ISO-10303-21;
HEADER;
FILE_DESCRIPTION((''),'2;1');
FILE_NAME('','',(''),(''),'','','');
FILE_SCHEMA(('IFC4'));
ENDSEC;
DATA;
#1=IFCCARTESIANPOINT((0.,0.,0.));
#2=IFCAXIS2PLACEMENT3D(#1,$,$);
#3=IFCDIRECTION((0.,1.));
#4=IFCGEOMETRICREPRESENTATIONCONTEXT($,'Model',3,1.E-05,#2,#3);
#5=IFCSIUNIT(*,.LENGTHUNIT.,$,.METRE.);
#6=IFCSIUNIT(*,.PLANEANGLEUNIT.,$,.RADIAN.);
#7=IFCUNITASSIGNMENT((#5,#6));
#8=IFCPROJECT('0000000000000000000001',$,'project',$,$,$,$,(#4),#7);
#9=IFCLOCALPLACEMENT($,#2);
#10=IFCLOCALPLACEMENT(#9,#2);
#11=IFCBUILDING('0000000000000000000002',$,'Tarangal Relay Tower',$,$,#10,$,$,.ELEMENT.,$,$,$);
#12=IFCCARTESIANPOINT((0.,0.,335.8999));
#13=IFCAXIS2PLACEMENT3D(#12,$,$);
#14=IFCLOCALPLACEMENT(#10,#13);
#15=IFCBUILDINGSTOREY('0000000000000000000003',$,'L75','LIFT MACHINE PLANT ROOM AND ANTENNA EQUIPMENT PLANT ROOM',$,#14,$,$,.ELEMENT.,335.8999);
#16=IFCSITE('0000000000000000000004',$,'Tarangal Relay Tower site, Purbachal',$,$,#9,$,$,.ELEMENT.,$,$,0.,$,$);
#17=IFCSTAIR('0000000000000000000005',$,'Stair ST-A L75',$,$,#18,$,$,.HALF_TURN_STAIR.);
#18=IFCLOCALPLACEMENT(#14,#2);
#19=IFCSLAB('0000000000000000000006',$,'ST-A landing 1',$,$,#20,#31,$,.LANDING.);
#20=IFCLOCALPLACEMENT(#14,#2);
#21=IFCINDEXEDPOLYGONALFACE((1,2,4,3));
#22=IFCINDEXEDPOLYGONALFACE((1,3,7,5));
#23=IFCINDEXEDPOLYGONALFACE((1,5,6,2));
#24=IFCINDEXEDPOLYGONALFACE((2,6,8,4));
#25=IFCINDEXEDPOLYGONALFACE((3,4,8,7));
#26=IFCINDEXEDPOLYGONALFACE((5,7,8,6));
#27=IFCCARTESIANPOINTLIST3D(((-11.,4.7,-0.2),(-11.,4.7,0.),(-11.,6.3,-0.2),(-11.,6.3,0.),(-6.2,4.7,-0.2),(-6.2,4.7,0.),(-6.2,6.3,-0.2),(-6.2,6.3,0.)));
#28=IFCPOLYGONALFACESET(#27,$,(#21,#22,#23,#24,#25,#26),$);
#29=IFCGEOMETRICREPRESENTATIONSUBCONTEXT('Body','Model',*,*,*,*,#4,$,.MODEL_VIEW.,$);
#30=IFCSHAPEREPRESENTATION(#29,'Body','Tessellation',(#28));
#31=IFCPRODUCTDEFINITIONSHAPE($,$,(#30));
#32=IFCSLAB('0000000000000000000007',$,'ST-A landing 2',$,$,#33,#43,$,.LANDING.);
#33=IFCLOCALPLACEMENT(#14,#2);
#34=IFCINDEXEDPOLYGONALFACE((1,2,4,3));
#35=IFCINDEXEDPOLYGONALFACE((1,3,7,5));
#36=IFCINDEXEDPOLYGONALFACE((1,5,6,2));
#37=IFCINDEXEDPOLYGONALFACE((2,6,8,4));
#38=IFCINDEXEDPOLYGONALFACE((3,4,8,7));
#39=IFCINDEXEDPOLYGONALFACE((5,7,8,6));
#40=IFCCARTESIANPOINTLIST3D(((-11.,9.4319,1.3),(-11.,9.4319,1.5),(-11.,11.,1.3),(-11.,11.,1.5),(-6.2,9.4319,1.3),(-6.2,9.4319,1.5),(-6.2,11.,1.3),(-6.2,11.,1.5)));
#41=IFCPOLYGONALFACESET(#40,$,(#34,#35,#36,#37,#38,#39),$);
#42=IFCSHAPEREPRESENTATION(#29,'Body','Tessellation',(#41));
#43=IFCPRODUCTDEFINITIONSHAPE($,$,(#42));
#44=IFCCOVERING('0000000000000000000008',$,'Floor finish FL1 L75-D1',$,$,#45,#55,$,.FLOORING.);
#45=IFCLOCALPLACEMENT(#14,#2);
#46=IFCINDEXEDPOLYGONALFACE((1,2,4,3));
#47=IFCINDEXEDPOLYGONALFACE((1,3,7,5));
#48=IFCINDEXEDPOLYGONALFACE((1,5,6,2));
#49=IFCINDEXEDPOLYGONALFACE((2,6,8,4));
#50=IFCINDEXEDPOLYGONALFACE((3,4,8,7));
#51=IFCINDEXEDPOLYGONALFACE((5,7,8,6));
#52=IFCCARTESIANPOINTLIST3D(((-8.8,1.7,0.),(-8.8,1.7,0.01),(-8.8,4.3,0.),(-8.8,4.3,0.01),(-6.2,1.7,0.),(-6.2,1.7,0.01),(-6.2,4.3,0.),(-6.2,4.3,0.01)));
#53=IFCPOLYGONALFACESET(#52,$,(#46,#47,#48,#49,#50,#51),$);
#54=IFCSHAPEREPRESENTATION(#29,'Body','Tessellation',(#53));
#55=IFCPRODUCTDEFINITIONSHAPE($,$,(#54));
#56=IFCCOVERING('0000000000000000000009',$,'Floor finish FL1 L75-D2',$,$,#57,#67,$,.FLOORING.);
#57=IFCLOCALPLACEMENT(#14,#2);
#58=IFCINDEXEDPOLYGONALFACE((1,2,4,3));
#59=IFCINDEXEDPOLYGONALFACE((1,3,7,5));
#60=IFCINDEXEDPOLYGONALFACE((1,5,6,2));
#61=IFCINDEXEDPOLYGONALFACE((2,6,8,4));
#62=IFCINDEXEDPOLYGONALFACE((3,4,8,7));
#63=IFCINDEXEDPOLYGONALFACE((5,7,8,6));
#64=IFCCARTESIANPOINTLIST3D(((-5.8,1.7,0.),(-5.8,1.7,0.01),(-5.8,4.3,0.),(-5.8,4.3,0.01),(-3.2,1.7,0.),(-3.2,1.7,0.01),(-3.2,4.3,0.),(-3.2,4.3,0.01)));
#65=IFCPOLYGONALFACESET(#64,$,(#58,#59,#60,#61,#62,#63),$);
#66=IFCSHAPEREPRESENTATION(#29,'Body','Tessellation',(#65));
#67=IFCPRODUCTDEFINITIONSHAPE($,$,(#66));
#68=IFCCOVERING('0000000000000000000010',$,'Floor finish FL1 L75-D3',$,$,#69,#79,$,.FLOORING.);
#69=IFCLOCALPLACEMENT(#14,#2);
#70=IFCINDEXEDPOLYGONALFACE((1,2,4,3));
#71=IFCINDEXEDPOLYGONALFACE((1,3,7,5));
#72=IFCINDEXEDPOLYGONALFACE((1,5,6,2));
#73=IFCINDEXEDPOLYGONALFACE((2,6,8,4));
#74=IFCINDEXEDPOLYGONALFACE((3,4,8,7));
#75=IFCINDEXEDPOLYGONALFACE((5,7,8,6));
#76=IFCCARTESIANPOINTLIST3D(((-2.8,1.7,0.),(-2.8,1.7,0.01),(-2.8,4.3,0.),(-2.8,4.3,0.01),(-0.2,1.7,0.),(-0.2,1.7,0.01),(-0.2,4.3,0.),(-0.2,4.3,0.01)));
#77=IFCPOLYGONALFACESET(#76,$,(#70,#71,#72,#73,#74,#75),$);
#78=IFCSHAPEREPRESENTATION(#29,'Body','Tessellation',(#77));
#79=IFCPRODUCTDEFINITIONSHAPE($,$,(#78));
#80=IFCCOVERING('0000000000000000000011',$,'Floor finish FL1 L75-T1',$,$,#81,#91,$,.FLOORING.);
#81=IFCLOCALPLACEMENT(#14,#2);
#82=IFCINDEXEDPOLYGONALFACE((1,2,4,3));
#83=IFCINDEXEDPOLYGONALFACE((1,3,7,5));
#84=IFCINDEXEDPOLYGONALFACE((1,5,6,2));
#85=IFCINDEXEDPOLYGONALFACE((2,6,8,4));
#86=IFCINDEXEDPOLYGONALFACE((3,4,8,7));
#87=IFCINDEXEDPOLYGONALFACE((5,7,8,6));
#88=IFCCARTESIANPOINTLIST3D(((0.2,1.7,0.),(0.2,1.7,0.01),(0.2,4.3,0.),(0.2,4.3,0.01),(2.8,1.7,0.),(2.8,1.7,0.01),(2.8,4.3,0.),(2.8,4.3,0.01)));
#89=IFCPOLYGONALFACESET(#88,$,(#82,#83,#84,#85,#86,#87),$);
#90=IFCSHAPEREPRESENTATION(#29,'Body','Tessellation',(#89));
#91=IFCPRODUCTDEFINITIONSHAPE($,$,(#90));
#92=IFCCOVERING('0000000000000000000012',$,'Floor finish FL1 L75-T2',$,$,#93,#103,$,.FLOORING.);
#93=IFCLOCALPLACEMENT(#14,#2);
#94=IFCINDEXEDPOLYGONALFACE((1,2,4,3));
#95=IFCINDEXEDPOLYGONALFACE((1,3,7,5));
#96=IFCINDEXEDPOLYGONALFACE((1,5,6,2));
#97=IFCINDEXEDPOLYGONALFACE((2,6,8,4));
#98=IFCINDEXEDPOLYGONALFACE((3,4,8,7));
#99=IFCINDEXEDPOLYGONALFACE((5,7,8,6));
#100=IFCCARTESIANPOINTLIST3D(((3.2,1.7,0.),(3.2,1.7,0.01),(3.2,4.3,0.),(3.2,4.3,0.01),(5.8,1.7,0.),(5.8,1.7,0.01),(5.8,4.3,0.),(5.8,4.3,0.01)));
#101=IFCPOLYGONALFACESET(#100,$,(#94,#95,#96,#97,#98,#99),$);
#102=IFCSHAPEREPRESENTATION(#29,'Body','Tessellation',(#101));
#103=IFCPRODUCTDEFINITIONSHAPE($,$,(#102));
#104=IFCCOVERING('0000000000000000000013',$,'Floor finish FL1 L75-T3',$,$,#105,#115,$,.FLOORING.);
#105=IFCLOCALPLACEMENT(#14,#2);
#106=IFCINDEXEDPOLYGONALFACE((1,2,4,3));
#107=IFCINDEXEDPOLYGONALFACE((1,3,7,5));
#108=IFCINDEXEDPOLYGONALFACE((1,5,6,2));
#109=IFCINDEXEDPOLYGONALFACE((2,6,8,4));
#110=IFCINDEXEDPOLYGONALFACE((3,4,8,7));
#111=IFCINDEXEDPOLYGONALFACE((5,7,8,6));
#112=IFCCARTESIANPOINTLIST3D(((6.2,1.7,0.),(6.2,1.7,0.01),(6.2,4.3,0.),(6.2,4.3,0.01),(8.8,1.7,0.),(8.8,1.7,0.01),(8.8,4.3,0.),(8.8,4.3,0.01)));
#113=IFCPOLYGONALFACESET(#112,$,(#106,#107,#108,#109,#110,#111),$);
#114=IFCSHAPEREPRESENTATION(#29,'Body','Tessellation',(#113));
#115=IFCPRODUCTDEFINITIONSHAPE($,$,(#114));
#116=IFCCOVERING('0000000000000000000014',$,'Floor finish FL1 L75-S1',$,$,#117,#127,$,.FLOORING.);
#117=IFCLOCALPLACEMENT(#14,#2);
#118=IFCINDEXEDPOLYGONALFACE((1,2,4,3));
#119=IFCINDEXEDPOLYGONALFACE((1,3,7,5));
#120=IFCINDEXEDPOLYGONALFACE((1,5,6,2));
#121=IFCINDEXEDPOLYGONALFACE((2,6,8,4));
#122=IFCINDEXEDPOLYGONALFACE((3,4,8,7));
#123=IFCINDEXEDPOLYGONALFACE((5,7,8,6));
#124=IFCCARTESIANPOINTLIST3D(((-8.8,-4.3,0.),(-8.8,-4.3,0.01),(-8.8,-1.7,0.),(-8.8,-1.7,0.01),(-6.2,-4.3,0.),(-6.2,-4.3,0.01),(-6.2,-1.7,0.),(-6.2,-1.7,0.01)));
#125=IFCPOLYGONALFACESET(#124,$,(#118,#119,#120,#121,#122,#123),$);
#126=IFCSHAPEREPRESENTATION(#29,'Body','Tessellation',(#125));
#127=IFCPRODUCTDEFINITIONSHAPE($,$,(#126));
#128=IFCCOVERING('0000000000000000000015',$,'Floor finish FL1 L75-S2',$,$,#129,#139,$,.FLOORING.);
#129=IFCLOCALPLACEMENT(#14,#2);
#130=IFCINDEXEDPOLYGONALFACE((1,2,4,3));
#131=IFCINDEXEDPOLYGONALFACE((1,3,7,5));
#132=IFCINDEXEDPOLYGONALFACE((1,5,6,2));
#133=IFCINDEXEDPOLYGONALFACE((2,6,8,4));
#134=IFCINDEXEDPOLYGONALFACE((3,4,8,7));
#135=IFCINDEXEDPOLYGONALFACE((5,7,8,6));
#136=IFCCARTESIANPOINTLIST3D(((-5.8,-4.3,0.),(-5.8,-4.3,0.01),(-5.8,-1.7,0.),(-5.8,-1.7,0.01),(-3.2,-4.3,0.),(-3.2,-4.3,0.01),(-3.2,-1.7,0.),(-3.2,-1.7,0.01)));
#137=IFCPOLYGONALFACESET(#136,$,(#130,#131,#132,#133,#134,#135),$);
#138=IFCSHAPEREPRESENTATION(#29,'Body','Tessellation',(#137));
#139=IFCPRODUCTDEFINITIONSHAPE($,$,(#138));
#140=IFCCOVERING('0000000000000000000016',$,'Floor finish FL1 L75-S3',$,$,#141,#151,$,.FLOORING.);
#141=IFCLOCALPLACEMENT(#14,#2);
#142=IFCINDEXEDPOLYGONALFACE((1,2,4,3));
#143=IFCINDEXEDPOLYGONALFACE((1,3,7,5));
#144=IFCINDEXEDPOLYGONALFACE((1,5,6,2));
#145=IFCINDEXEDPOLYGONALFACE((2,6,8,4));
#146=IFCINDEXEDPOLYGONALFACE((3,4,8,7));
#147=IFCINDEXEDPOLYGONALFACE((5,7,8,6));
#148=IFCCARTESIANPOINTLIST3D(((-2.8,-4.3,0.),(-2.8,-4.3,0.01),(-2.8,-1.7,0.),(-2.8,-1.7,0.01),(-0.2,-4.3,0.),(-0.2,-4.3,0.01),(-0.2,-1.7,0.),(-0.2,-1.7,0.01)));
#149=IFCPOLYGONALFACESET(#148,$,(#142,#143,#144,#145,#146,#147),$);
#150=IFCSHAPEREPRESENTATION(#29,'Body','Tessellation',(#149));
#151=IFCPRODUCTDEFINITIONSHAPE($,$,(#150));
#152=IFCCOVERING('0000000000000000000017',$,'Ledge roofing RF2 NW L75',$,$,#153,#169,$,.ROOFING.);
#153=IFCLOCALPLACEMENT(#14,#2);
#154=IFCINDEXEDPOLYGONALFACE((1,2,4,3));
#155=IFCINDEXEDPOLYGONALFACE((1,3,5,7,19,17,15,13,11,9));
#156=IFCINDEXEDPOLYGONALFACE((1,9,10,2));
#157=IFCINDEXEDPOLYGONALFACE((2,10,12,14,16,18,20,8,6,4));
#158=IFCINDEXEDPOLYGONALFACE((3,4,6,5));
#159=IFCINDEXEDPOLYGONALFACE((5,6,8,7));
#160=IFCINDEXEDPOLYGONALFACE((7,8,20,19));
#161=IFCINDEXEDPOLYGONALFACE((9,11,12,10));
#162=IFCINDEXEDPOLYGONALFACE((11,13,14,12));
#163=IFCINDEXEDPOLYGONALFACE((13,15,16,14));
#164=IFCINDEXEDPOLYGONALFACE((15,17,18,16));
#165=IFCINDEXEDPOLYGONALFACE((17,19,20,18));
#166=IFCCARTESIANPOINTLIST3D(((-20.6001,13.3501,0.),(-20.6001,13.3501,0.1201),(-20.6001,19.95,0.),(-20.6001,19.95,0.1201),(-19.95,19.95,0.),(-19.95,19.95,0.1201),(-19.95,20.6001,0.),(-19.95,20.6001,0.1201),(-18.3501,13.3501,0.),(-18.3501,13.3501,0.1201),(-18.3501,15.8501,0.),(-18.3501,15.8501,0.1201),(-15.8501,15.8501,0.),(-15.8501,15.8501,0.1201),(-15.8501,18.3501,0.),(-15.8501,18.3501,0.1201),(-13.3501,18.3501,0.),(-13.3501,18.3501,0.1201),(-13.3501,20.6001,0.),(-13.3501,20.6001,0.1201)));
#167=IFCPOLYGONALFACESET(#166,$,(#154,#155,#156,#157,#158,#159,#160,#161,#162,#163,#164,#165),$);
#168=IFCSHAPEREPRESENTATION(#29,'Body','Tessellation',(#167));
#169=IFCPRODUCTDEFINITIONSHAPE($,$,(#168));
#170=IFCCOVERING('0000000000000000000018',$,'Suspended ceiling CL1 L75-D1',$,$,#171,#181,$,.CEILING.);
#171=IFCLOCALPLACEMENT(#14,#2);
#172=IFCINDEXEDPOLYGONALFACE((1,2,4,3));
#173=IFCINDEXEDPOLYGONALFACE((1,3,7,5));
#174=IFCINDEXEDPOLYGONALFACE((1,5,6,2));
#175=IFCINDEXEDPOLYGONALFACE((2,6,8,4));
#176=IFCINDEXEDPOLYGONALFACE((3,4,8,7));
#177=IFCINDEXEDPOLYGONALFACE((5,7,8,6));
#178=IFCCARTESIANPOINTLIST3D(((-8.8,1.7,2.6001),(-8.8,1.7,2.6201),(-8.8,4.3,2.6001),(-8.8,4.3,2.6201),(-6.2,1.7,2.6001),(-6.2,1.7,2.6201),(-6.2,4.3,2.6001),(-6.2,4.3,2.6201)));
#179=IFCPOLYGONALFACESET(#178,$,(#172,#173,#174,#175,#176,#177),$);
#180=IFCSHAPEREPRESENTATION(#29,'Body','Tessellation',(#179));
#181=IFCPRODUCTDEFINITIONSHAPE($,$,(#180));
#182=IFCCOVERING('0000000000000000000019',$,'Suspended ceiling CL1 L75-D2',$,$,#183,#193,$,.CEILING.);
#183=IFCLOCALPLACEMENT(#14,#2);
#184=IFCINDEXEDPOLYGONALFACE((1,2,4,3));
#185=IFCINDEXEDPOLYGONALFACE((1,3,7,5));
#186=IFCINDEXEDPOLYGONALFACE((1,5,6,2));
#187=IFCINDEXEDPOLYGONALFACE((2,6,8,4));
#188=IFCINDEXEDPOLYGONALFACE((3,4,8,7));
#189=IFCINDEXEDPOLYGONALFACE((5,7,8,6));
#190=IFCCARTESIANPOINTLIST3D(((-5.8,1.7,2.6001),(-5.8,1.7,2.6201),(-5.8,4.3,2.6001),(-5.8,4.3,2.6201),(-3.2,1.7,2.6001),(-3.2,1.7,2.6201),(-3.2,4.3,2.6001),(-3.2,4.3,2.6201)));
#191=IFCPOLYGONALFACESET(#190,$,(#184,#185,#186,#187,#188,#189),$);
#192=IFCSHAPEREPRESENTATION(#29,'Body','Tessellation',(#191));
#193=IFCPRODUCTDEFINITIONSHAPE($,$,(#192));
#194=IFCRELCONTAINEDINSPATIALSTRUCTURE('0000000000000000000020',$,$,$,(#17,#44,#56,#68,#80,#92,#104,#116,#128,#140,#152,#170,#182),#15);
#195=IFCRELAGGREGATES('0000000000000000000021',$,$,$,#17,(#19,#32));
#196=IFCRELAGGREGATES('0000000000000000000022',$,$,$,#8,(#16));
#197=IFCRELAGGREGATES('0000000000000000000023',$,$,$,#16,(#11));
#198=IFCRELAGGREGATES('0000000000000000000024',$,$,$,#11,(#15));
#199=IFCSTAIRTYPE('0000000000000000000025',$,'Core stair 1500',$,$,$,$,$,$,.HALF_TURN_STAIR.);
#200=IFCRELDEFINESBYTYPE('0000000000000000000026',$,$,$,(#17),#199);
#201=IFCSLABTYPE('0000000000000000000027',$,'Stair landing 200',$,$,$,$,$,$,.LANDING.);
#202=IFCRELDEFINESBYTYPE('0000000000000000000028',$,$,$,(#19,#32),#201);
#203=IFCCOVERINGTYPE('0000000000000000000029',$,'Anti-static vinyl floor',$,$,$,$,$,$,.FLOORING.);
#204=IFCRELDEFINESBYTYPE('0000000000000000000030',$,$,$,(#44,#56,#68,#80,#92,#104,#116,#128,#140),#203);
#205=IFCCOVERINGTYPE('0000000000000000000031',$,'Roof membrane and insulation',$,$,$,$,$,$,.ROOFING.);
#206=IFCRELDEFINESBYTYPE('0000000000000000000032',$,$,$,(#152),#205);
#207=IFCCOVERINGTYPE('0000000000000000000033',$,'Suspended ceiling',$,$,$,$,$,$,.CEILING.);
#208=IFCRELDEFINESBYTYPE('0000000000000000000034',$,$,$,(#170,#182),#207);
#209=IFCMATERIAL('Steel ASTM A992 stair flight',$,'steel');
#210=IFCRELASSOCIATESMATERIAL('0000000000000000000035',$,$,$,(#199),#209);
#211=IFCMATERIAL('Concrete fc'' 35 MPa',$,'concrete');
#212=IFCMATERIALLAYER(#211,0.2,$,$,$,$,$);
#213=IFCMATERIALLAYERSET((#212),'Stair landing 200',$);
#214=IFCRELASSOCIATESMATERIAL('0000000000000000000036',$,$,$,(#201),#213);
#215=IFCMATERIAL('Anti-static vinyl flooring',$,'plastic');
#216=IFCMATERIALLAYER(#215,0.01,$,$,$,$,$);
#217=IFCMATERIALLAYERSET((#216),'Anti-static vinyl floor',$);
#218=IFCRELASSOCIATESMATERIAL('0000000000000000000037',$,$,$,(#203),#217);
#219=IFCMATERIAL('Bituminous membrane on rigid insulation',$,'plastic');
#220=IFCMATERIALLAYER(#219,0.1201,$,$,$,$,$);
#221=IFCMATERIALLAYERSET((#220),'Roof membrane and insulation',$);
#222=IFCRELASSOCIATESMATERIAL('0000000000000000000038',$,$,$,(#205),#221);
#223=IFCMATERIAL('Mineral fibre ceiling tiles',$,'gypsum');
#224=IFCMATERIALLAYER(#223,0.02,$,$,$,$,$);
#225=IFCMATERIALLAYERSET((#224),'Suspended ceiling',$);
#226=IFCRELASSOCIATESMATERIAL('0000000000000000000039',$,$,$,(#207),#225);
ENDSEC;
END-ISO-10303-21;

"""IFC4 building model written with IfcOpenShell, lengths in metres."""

from ifc_helpers import new_model, si_unit, direction, frame, origin, place, context, subcontext, project, spatial, polyline, outline, extrude, material, layer, layer_set, type_object, element, aggregate, save


model = new_model("IFC4")

# Units and contexts
model_context = context("Model", 3, precision=1e-05, world=origin(), true_north=direction((0.0, 1.0)))
body_context = subcontext(model_context, "Body", "Model", "MODEL_VIEW")
ifc_project = project(units=[si_unit("LENGTHUNIT", "METRE"), si_unit("PLANEANGLEUNIT", "RADIAN")], contexts=[model_context])

# Site, building, storey
site_placement = place(None, origin())
site = spatial("IfcSite", under=ifc_project, at=site_placement, Name="Tarangal Relay Tower site, Purbachal", CompositionType="ELEMENT", RefElevation=0.0)
building_placement = place(site_placement, origin())
building = spatial("IfcBuilding", under=site, at=building_placement, Name="Tarangal Relay Tower", CompositionType="ELEMENT")
storey_placement = place(building_placement, frame((0.0, 0.0, 335.8999)))
storey = spatial("IfcBuildingStorey", under=building, at=storey_placement, Name="L75", Description="LIFT MACHINE PLANT ROOM AND ANTENNA EQUIPMENT PLANT ROOM", CompositionType="ELEMENT", Elevation=335.8999)

# Stair, slabs
ifc_material_1 = material(Name="Steel ASTM A992 stair flight", Category="steel")
stair_type = type_object("IfcStairType", Name="Core stair 1500", PredefinedType="HALF_TURN_STAIR", material=ifc_material_1)
stair_placement = place(storey_placement, origin())
stair = element("IfcStair", 1, at=stair_placement, inside=storey, type_object=stair_type, Name="Stair ST-A L75", PredefinedType="HALF_TURN_STAIR")
ifc_material_2 = material(Name="Concrete fc' 35 MPa", Category="concrete")
ifc_layer_1 = layer(ifc_material_2, 0.2)
ifc_layer_set_1 = layer_set([ifc_layer_1], Name="Stair landing 200")
slab_type = type_object("IfcSlabType", Name="Stair landing 200", PredefinedType="LANDING", material=ifc_layer_set_1)
slab_1_placement = place(storey_placement, frame((0.0, 0.0, -0.2)))
slab_1 = element("IfcSlab", 2, at=slab_1_placement, type_object=slab_type, Name="ST-A landing 1", PredefinedType="LANDING", context=body_context, shape_type="SweptSolid", body=[
    extrude(outline(polyline([(-11.0, 4.7), (-6.2, 4.7), (-6.2, 6.3), (-11.0, 6.3), (-11.0, 4.7)])), origin(), (0.0, 0.0, 1.0), 0.2),
])
slab_2_placement = place(storey_placement, frame((0.0, 0.0, 1.3)))
slab_2 = element("IfcSlab", 3, at=slab_2_placement, type_object=slab_type, Name="ST-A landing 2", PredefinedType="LANDING", context=body_context, shape_type="SweptSolid", body=[
    extrude(outline(polyline([(-11.0, 9.4319), (-6.2, 9.4319), (-6.2, 11.0), (-11.0, 11.0), (-11.0, 9.4319)])), origin(), (0.0, 0.0, 1.0), 0.2),
])
aggregate(stair, [slab_1, slab_2])

# Coverings
ifc_material_3 = material(Name="Anti-static vinyl flooring", Category="plastic")
ifc_layer_2 = layer(ifc_material_3, 0.01)
ifc_layer_set_2 = layer_set([ifc_layer_2], Name="Anti-static vinyl floor")
covering_type_1 = type_object("IfcCoveringType", Name="Anti-static vinyl floor", PredefinedType="FLOORING", material=ifc_layer_set_2)
covering_1_placement = place(storey_placement, origin())
element("IfcCovering", 4, at=covering_1_placement, inside=storey, type_object=covering_type_1, Name="Floor finish FL1 L75-D1", PredefinedType="FLOORING", context=body_context, shape_type="SweptSolid", body=[
    extrude(outline(polyline([(-8.8, 1.7), (-6.2, 1.7), (-6.2, 4.3), (-8.8, 4.3), (-8.8, 1.7)])), origin(), (0.0, 0.0, 1.0), 0.01),
])
covering_2_placement = place(storey_placement, origin())
element("IfcCovering", 5, at=covering_2_placement, inside=storey, type_object=covering_type_1, Name="Floor finish FL1 L75-D2", PredefinedType="FLOORING", context=body_context, shape_type="SweptSolid", body=[
    extrude(outline(polyline([(-5.8, 1.7), (-3.2, 1.7), (-3.2, 4.3), (-5.8, 4.3), (-5.8, 1.7)])), origin(), (0.0, 0.0, 1.0), 0.01),
])
covering_3_placement = place(storey_placement, origin())
element("IfcCovering", 6, at=covering_3_placement, inside=storey, type_object=covering_type_1, Name="Floor finish FL1 L75-D3", PredefinedType="FLOORING", context=body_context, shape_type="SweptSolid", body=[
    extrude(outline(polyline([(-2.8, 1.7), (-0.2, 1.7), (-0.2, 4.3), (-2.8, 4.3), (-2.8, 1.7)])), origin(), (0.0, 0.0, 1.0), 0.01),
])
covering_4_placement = place(storey_placement, origin())
element("IfcCovering", 7, at=covering_4_placement, inside=storey, type_object=covering_type_1, Name="Floor finish FL1 L75-T1", PredefinedType="FLOORING", context=body_context, shape_type="SweptSolid", body=[
    extrude(outline(polyline([(0.2, 1.7), (2.8, 1.7), (2.8, 4.3), (0.2, 4.3), (0.2, 1.7)])), origin(), (0.0, 0.0, 1.0), 0.01),
])
covering_5_placement = place(storey_placement, origin())
element("IfcCovering", 8, at=covering_5_placement, inside=storey, type_object=covering_type_1, Name="Floor finish FL1 L75-T2", PredefinedType="FLOORING", context=body_context, shape_type="SweptSolid", body=[
    extrude(outline(polyline([(3.2, 1.7), (5.8, 1.7), (5.8, 4.3), (3.2, 4.3), (3.2, 1.7)])), origin(), (0.0, 0.0, 1.0), 0.01),
])
covering_6_placement = place(storey_placement, origin())
element("IfcCovering", 9, at=covering_6_placement, inside=storey, type_object=covering_type_1, Name="Floor finish FL1 L75-T3", PredefinedType="FLOORING", context=body_context, shape_type="SweptSolid", body=[
    extrude(outline(polyline([(6.2, 1.7), (8.8, 1.7), (8.8, 4.3), (6.2, 4.3), (6.2, 1.7)])), origin(), (0.0, 0.0, 1.0), 0.01),
])
covering_7_placement = place(storey_placement, origin())
element("IfcCovering", 10, at=covering_7_placement, inside=storey, type_object=covering_type_1, Name="Floor finish FL1 L75-S1", PredefinedType="FLOORING", context=body_context, shape_type="SweptSolid", body=[
    extrude(outline(polyline([(-8.8, -4.3), (-6.2, -4.3), (-6.2, -1.7), (-8.8, -1.7), (-8.8, -4.3)])), origin(), (0.0, 0.0, 1.0), 0.01),
])
covering_8_placement = place(storey_placement, origin())
element("IfcCovering", 11, at=covering_8_placement, inside=storey, type_object=covering_type_1, Name="Floor finish FL1 L75-S2", PredefinedType="FLOORING", context=body_context, shape_type="SweptSolid", body=[
    extrude(outline(polyline([(-5.8, -4.3), (-3.2, -4.3), (-3.2, -1.7), (-5.8, -1.7), (-5.8, -4.3)])), origin(), (0.0, 0.0, 1.0), 0.01),
])
covering_9_placement = place(storey_placement, origin())
element("IfcCovering", 12, at=covering_9_placement, inside=storey, type_object=covering_type_1, Name="Floor finish FL1 L75-S3", PredefinedType="FLOORING", context=body_context, shape_type="SweptSolid", body=[
    extrude(outline(polyline([(-2.8, -4.3), (-0.2, -4.3), (-0.2, -1.7), (-2.8, -1.7), (-2.8, -4.3)])), origin(), (0.0, 0.0, 1.0), 0.01),
])
ifc_material_4 = material(Name="Bituminous membrane on rigid insulation", Category="plastic")
ifc_layer_3 = layer(ifc_material_4, 0.1201)
ifc_layer_set_3 = layer_set([ifc_layer_3], Name="Roof membrane and insulation")
covering_type_2 = type_object("IfcCoveringType", Name="Roof membrane and insulation", PredefinedType="ROOFING", material=ifc_layer_set_3)
covering_10_placement = place(storey_placement, origin())
element("IfcCovering", 13, at=covering_10_placement, inside=storey, type_object=covering_type_2, Name="Ledge roofing RF2 NW L75", PredefinedType="ROOFING", context=body_context, shape_type="SweptSolid", body=[
    extrude(outline(polyline([(-19.95, 19.95), (-20.6001, 19.95), (-20.6001, 13.3501), (-18.3501, 13.3501), (-18.3501, 15.8501), (-15.8501, 15.8501), (-15.8501, 18.3501), (-13.3501, 18.3501), (-13.3501, 20.6001), (-19.95, 20.6001), (-19.95, 19.95)])), origin(), (0.0, 0.0, 1.0), 0.1201),
])
ifc_material_5 = material(Name="Mineral fibre ceiling tiles", Category="gypsum")
ifc_layer_4 = layer(ifc_material_5, 0.02)
ifc_layer_set_4 = layer_set([ifc_layer_4], Name="Suspended ceiling")
covering_type_3 = type_object("IfcCoveringType", Name="Suspended ceiling", PredefinedType="CEILING", material=ifc_layer_set_4)
covering_11_placement = place(storey_placement, frame((0.0, 0.0, 2.6001)))
element("IfcCovering", 14, at=covering_11_placement, inside=storey, type_object=covering_type_3, Name="Suspended ceiling CL1 L75-D1", PredefinedType="CEILING", context=body_context, shape_type="SweptSolid", body=[
    extrude(outline(polyline([(-8.8, 1.7), (-6.2, 1.7), (-6.2, 4.3), (-8.8, 4.3), (-8.8, 1.7)])), origin(), (0.0, 0.0, 1.0), 0.02),
])
covering_12_placement = place(storey_placement, frame((0.0, 0.0, 2.6001)))
element("IfcCovering", 15, at=covering_12_placement, inside=storey, type_object=covering_type_3, Name="Suspended ceiling CL1 L75-D2", PredefinedType="CEILING", context=body_context, shape_type="SweptSolid", body=[
    extrude(outline(polyline([(-5.8, 1.7), (-3.2, 1.7), (-3.2, 4.3), (-5.8, 4.3), (-5.8, 1.7)])), origin(), (0.0, 0.0, 1.0), 0.02),
])

save(model, "model.ifc")
